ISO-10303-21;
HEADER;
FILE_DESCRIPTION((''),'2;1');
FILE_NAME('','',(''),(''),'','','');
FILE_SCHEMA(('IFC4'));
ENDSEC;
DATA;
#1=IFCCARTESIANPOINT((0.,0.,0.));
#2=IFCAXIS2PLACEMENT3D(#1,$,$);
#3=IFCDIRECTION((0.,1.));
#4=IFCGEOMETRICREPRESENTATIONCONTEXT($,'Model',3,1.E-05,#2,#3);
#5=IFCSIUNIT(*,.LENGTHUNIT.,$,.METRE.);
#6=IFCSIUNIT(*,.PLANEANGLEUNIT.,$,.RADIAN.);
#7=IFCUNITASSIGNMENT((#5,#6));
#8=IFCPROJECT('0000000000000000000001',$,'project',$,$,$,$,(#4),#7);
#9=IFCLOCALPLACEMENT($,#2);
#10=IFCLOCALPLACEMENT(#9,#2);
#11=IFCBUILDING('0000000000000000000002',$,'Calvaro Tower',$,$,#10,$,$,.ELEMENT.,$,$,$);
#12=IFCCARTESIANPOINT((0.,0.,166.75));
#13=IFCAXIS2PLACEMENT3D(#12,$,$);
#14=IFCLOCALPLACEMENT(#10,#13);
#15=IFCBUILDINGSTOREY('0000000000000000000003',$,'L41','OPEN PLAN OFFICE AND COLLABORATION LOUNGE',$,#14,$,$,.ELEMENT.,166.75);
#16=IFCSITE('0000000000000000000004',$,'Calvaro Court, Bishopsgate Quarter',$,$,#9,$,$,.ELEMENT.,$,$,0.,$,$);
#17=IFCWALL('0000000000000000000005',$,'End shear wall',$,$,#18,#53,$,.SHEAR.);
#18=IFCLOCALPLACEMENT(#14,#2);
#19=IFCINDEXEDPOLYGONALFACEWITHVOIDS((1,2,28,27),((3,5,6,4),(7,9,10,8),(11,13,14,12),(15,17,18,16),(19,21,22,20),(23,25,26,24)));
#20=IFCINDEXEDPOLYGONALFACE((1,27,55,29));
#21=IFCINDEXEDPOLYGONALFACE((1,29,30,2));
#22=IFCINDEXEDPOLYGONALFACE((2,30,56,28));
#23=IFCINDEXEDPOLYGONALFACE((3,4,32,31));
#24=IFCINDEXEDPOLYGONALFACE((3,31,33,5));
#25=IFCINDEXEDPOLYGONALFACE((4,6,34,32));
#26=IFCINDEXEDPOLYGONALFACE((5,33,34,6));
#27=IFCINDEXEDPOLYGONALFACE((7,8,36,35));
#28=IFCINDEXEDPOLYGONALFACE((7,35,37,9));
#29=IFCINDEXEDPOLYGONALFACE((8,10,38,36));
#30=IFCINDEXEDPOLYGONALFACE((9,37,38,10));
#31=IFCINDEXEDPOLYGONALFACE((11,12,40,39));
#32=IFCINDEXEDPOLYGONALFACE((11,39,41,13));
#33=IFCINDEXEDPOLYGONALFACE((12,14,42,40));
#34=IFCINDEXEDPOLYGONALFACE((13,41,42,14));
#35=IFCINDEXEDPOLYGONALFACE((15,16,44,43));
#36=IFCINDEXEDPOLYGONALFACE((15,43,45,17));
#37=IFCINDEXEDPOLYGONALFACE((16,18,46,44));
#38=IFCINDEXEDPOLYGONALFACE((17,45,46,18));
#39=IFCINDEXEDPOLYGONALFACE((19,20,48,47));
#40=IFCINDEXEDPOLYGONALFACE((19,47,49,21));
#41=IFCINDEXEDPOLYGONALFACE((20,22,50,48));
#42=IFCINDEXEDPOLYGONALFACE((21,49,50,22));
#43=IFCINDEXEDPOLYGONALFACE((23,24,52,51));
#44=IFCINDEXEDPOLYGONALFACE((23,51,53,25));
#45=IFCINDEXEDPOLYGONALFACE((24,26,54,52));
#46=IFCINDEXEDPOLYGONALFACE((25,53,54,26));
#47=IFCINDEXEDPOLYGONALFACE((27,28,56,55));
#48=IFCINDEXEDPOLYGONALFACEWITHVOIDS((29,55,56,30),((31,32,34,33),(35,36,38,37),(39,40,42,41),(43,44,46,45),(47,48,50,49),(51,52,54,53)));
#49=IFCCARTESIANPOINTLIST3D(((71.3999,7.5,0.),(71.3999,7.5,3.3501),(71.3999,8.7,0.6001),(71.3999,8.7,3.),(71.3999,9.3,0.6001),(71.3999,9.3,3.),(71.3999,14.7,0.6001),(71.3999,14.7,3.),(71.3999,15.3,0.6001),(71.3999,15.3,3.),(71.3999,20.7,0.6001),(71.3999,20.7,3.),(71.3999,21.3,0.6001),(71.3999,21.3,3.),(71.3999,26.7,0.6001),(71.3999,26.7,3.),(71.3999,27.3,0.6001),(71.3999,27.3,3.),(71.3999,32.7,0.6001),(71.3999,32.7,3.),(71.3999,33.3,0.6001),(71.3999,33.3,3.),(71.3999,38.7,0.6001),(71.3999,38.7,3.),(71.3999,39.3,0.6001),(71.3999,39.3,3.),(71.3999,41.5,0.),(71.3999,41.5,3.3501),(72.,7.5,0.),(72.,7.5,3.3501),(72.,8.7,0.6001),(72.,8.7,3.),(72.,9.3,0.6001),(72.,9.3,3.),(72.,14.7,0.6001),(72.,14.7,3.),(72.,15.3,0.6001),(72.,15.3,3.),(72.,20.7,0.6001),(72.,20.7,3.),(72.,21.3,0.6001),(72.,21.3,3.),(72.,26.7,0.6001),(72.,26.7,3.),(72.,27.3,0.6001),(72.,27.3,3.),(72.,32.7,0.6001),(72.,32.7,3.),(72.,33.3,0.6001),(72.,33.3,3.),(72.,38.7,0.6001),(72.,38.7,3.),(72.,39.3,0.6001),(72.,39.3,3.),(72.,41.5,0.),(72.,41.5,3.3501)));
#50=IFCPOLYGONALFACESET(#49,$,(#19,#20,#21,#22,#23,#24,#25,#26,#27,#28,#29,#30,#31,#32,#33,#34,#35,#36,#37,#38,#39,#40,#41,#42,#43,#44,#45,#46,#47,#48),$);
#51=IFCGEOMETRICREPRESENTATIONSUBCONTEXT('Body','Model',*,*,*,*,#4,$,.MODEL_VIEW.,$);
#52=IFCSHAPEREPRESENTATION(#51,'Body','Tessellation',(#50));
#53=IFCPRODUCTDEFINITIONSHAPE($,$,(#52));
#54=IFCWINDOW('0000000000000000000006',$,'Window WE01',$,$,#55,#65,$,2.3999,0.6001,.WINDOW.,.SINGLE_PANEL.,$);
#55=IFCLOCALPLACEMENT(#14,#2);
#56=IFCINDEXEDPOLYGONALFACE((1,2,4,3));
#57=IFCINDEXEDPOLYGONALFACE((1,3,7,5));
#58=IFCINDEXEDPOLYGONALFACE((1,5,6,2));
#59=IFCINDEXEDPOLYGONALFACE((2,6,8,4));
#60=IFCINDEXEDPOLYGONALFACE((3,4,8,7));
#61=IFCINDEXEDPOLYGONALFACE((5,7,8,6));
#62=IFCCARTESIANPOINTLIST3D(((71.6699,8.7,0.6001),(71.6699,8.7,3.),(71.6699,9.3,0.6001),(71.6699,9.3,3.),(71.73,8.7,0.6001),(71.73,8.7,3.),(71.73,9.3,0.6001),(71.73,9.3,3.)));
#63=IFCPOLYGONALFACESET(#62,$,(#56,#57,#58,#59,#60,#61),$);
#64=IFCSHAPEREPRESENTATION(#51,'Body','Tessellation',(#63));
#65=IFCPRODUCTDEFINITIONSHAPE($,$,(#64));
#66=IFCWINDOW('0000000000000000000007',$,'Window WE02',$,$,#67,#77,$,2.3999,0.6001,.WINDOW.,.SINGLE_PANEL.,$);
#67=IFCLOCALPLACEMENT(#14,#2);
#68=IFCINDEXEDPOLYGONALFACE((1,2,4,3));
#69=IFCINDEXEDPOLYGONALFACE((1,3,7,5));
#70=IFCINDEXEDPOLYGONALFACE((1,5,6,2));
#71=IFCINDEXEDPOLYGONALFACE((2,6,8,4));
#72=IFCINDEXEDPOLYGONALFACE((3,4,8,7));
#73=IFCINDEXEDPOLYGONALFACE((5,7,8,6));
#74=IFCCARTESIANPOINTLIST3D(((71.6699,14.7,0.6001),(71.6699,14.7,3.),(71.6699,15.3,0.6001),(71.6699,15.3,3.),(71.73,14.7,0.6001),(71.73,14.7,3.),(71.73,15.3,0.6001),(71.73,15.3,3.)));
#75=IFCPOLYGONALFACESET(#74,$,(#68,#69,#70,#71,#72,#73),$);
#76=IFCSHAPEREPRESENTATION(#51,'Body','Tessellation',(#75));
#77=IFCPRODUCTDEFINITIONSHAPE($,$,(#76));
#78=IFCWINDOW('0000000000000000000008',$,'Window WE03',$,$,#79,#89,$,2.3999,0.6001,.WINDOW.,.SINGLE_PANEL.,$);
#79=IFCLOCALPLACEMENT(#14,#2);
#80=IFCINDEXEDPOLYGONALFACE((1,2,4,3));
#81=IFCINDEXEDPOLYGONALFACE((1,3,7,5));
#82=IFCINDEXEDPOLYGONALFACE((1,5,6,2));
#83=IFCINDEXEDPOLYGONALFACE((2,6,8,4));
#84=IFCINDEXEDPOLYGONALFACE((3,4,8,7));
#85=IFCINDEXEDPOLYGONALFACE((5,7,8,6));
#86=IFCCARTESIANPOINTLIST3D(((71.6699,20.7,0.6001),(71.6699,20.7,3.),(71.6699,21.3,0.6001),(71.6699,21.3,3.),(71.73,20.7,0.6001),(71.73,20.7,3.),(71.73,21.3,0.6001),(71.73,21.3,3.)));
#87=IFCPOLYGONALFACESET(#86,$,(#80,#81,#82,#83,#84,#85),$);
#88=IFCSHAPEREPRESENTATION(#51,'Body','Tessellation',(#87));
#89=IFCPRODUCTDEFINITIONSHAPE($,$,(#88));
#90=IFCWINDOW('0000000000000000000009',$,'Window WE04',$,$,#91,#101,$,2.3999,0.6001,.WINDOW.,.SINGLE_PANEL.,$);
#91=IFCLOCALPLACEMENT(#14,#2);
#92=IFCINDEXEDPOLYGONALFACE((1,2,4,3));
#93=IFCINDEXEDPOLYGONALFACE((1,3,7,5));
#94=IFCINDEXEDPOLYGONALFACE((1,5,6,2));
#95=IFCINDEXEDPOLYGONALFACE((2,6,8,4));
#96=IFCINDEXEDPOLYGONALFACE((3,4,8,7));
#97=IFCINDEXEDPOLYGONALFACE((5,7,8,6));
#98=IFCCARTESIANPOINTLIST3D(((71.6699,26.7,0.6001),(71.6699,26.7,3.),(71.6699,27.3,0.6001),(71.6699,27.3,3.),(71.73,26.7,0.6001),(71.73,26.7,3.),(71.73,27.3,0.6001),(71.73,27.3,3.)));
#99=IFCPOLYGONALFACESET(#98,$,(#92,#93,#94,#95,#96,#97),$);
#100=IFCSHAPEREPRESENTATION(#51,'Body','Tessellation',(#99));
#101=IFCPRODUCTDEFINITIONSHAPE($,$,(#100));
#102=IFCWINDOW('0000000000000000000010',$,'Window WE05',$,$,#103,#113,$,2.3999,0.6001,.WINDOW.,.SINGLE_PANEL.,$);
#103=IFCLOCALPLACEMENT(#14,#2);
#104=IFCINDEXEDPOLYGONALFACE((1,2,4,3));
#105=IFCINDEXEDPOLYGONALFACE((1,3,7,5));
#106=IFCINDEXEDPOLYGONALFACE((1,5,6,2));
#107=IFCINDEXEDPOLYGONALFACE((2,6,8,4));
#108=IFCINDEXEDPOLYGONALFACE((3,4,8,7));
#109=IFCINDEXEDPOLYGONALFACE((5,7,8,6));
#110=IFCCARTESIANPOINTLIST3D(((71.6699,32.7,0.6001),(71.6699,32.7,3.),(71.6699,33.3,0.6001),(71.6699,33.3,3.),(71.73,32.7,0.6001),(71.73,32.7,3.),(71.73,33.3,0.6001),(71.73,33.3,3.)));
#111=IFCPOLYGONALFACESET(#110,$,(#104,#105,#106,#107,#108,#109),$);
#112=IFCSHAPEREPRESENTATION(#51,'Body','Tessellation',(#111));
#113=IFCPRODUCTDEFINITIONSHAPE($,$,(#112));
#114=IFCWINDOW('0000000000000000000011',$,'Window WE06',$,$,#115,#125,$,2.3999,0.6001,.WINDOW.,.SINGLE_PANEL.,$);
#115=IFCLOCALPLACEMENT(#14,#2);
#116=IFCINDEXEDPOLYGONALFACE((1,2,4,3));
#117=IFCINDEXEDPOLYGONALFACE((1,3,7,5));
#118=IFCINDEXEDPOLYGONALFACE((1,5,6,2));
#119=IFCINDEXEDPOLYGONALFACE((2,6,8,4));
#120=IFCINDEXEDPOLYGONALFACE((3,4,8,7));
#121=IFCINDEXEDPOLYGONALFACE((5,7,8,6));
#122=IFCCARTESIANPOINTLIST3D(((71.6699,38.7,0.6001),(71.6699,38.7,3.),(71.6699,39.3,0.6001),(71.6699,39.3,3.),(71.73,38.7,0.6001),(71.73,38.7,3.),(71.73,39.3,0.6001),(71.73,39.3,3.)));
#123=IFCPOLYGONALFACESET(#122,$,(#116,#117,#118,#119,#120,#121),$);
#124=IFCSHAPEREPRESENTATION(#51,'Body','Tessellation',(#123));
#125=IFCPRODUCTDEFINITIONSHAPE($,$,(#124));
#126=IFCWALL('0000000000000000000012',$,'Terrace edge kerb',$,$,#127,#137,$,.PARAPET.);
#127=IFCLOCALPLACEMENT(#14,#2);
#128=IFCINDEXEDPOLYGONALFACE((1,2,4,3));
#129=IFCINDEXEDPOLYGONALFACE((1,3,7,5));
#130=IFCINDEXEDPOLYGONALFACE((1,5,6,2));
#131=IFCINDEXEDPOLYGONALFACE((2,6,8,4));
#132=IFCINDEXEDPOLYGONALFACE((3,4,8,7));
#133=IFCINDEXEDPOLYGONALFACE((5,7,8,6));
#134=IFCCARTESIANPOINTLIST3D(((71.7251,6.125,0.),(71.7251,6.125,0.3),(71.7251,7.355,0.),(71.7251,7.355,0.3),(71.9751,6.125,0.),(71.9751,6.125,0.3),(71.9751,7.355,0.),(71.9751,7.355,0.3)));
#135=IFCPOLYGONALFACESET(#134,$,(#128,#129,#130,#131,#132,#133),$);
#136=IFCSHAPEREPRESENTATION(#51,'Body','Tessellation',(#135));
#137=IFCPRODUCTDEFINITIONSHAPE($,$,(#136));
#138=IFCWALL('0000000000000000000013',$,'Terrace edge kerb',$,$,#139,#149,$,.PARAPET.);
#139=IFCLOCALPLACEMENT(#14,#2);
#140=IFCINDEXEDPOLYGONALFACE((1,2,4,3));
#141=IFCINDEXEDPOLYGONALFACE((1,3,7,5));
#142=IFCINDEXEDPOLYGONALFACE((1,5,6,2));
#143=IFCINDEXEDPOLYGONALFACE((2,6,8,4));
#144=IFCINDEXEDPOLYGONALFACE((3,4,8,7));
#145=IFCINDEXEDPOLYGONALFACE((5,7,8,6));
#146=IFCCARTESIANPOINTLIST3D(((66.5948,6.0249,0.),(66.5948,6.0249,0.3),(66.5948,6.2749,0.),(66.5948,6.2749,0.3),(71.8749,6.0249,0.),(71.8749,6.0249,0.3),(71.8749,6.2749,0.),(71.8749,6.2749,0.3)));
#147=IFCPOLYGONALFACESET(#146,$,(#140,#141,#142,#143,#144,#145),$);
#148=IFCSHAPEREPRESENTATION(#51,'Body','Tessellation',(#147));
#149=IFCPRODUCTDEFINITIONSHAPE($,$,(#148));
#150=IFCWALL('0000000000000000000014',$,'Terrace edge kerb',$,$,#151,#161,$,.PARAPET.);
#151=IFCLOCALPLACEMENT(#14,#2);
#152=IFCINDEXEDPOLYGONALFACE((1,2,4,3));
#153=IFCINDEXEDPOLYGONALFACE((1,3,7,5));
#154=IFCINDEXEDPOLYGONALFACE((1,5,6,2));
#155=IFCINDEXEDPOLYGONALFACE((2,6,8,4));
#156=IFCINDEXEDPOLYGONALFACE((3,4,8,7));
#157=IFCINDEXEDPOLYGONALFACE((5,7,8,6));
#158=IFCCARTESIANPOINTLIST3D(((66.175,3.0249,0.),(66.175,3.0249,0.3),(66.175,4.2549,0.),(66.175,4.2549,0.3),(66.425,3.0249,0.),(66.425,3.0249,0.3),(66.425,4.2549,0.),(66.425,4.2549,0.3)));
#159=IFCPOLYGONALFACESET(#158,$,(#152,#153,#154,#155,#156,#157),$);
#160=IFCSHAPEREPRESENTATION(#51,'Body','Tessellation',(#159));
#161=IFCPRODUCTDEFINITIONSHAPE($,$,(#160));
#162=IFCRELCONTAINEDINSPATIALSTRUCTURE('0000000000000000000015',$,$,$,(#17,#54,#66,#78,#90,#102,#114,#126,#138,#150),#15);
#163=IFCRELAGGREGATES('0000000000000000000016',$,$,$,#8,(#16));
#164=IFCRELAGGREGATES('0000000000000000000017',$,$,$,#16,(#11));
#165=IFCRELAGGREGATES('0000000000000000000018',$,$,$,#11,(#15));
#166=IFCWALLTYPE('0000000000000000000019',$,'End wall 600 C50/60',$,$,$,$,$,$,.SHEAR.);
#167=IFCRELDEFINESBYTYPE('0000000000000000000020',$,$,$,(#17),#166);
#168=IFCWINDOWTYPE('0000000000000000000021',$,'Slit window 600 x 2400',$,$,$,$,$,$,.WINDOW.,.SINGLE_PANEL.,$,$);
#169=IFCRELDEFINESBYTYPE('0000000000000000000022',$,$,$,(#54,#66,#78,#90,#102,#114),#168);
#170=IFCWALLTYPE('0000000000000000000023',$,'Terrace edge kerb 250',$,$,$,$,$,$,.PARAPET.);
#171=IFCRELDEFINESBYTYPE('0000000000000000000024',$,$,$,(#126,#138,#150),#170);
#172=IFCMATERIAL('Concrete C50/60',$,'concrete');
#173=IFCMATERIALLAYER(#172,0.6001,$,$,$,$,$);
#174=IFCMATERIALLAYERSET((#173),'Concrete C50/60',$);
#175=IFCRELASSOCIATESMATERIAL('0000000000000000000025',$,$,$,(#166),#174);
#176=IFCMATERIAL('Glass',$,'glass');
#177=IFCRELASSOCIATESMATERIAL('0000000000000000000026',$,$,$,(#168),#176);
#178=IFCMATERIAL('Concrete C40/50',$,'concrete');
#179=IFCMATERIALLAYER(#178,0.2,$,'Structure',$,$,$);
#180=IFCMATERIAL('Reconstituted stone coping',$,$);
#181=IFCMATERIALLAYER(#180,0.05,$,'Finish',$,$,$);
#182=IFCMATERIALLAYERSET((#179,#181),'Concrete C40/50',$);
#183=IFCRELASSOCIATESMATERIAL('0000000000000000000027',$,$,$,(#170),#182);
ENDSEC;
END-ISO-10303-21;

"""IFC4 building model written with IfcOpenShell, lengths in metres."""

from ifc_helpers import new_model, si_unit, direction, frame, frame_2d, origin, place, context, subcontext, project, spatial, rectangle, extrude, material, layer, layer_set, type_object, element, fill, save


model = new_model("IFC4")

# Units and contexts
model_context = context("Model", 3, precision=1e-05, world=origin(), true_north=direction((0.0, 1.0)))
body_context = subcontext(model_context, "Body", "Model", "MODEL_VIEW")
ifc_project = project(units=[si_unit("LENGTHUNIT", "METRE"), si_unit("PLANEANGLEUNIT", "RADIAN")], contexts=[model_context])

# Site, building, storey
site_placement = place(None, origin())
site = spatial("IfcSite", under=ifc_project, at=site_placement, Name="Calvaro Court, Bishopsgate Quarter", CompositionType="ELEMENT", RefElevation=0.0)
building_placement = place(site_placement, origin())
building = spatial("IfcBuilding", under=site, at=building_placement, Name="Calvaro Tower", CompositionType="ELEMENT")
storey_placement = place(building_placement, frame((0.0, 0.0, 166.75)))
storey = spatial("IfcBuildingStorey", under=building, at=storey_placement, Name="L41", Description="OPEN PLAN OFFICE AND COLLABORATION LOUNGE", CompositionType="ELEMENT", Elevation=166.75)

# Wall, openings, windows
ifc_material_1 = material(Name="Concrete C50/60", Category="concrete")
ifc_layer_1 = layer(ifc_material_1, 0.6001)
ifc_layer_set_1 = layer_set([ifc_layer_1], Name="Concrete C50/60")
wall_type_1 = type_object("IfcWallType", Name="End wall 600 C50/60", PredefinedType="SHEAR", material=ifc_layer_set_1)
wall_1_placement = place(storey_placement, frame((71.7, 7.5, 0.0), z_axis=(0.0, 0.0, 1.0), x_axis=(0.0, 1.0, 0.0)))
wall_1 = element("IfcWall", 1, at=wall_1_placement, inside=storey, type_object=wall_type_1, Name="End shear wall", PredefinedType="SHEAR", context=body_context, shape_type="SweptSolid", body=[
    extrude(rectangle(XDim=34.0, YDim=0.6001, at=frame_2d((17.0, 0.0))), origin(), (0.0, 0.0, 1.0), 3.3501),
])
opening_1_placement = place(wall_1_placement, frame((1.2, 0.0, 0.6001)))
opening_1 = element("IfcOpeningElement", 2, at=opening_1_placement, cuts=wall_1, PredefinedType="OPENING", context=body_context, shape_type="SweptSolid", body=[
    extrude(rectangle(XDim=0.6001, YDim=2.3999, at=frame_2d((0.3, 1.2))), frame((0.0, 0.3101, 0.0), z_axis=(0.0, -1.0, 0.0), x_axis=(1.0, 0.0, 0.0)), (0.0, 0.0, 1.0), 0.6201),
])
opening_2_placement = place(wall_1_placement, frame((7.2, 0.0, 0.6001)))
opening_2 = element("IfcOpeningElement", 3, at=opening_2_placement, cuts=wall_1, PredefinedType="OPENING", context=body_context, shape_type="SweptSolid", body=[
    extrude(rectangle(XDim=0.6001, YDim=2.3999, at=frame_2d((0.3, 1.2))), frame((0.0, 0.3101, 0.0), z_axis=(0.0, -1.0, 0.0), x_axis=(1.0, 0.0, 0.0)), (0.0, 0.0, 1.0), 0.6201),
])
opening_3_placement = place(wall_1_placement, frame((13.2, 0.0, 0.6001)))
opening_3 = element("IfcOpeningElement", 4, at=opening_3_placement, cuts=wall_1, PredefinedType="OPENING", context=body_context, shape_type="SweptSolid", body=[
    extrude(rectangle(XDim=0.6001, YDim=2.3999, at=frame_2d((0.3, 1.2))), frame((0.0, 0.3101, 0.0), z_axis=(0.0, -1.0, 0.0), x_axis=(1.0, 0.0, 0.0)), (0.0, 0.0, 1.0), 0.6201),
])
opening_4_placement = place(wall_1_placement, frame((19.2, 0.0, 0.6001)))
opening_4 = element("IfcOpeningElement", 5, at=opening_4_placement, cuts=wall_1, PredefinedType="OPENING", context=body_context, shape_type="SweptSolid", body=[
    extrude(rectangle(XDim=0.6001, YDim=2.3999, at=frame_2d((0.3, 1.2))), frame((0.0, 0.3101, 0.0), z_axis=(0.0, -1.0, 0.0), x_axis=(1.0, 0.0, 0.0)), (0.0, 0.0, 1.0), 0.6201),
])
opening_5_placement = place(wall_1_placement, frame((25.2, 0.0, 0.6001)))
opening_5 = element("IfcOpeningElement", 6, at=opening_5_placement, cuts=wall_1, PredefinedType="OPENING", context=body_context, shape_type="SweptSolid", body=[
    extrude(rectangle(XDim=0.6001, YDim=2.3999, at=frame_2d((0.3, 1.2))), frame((0.0, 0.3101, 0.0), z_axis=(0.0, -1.0, 0.0), x_axis=(1.0, 0.0, 0.0)), (0.0, 0.0, 1.0), 0.6201),
])
opening_6_placement = place(wall_1_placement, frame((31.2, 0.0, 0.6001)))
opening_6 = element("IfcOpeningElement", 7, at=opening_6_placement, cuts=wall_1, PredefinedType="OPENING", context=body_context, shape_type="SweptSolid", body=[
    extrude(rectangle(XDim=0.6001, YDim=2.3999, at=frame_2d((0.3, 1.2))), frame((0.0, 0.3101, 0.0), z_axis=(0.0, -1.0, 0.0), x_axis=(1.0, 0.0, 0.0)), (0.0, 0.0, 1.0), 0.6201),
])
ifc_material_2 = material(Name="Glass", Category="glass")
window_type = type_object("IfcWindowType", Name="Slit window 600 x 2400", PartitioningType="SINGLE_PANEL", PredefinedType="WINDOW", material=ifc_material_2)
window_1_placement = place(opening_1_placement, origin())
window_1 = element("IfcWindow", 8, at=window_1_placement, inside=storey, type_object=window_type, Name="Window WE01", OverallHeight=2.3999, OverallWidth=0.6001, PartitioningType="SINGLE_PANEL", PredefinedType="WINDOW", context=body_context, shape_type="SweptSolid", body=[
    extrude(rectangle(XDim=0.6001, YDim=2.3999, at=frame_2d((0.3, 1.2))), frame((0.0, 0.03, 0.0), z_axis=(0.0, -1.0, 0.0), x_axis=(1.0, 0.0, 0.0)), (0.0, 0.0, 1.0), 0.0601),
])
fill(opening_1, window_1)
window_2_placement = place(opening_2_placement, origin())
window_2 = element("IfcWindow", 9, at=window_2_placement, inside=storey, type_object=window_type, Name="Window WE02", OverallHeight=2.3999, OverallWidth=0.6001, PartitioningType="SINGLE_PANEL", PredefinedType="WINDOW", context=body_context, shape_type="SweptSolid", body=[
    extrude(rectangle(XDim=0.6001, YDim=2.3999, at=frame_2d((0.3, 1.2))), frame((0.0, 0.03, 0.0), z_axis=(0.0, -1.0, 0.0), x_axis=(1.0, 0.0, 0.0)), (0.0, 0.0, 1.0), 0.0601),
])
fill(opening_2, window_2)
window_3_placement = place(opening_3_placement, origin())
window_3 = element("IfcWindow", 10, at=window_3_placement, inside=storey, type_object=window_type, Name="Window WE03", OverallHeight=2.3999, OverallWidth=0.6001, PartitioningType="SINGLE_PANEL", PredefinedType="WINDOW", context=body_context, shape_type="SweptSolid", body=[
    extrude(rectangle(XDim=0.6001, YDim=2.3999, at=frame_2d((0.3, 1.2))), frame((0.0, 0.03, 0.0), z_axis=(0.0, -1.0, 0.0), x_axis=(1.0, 0.0, 0.0)), (0.0, 0.0, 1.0), 0.0601),
])
fill(opening_3, window_3)
window_4_placement = place(opening_4_placement, origin())
window_4 = element("IfcWindow", 11, at=window_4_placement, inside=storey, type_object=window_type, Name="Window WE04", OverallHeight=2.3999, OverallWidth=0.6001, PartitioningType="SINGLE_PANEL", PredefinedType="WINDOW", context=body_context, shape_type="SweptSolid", body=[
    extrude(rectangle(XDim=0.6001, YDim=2.3999, at=frame_2d((0.3, 1.2))), frame((0.0, 0.03, 0.0), z_axis=(0.0, -1.0, 0.0), x_axis=(1.0, 0.0, 0.0)), (0.0, 0.0, 1.0), 0.0601),
])
fill(opening_4, window_4)
window_5_placement = place(opening_5_placement, origin())
window_5 = element("IfcWindow", 12, at=window_5_placement, inside=storey, type_object=window_type, Name="Window WE05", OverallHeight=2.3999, OverallWidth=0.6001, PartitioningType="SINGLE_PANEL", PredefinedType="WINDOW", context=body_context, shape_type="SweptSolid", body=[
    extrude(rectangle(XDim=0.6001, YDim=2.3999, at=frame_2d((0.3, 1.2))), frame((0.0, 0.03, 0.0), z_axis=(0.0, -1.0, 0.0), x_axis=(1.0, 0.0, 0.0)), (0.0, 0.0, 1.0), 0.0601),
])
fill(opening_5, window_5)
window_6_placement = place(opening_6_placement, origin())
window_6 = element("IfcWindow", 13, at=window_6_placement, inside=storey, type_object=window_type, Name="Window WE06", OverallHeight=2.3999, OverallWidth=0.6001, PartitioningType="SINGLE_PANEL", PredefinedType="WINDOW", context=body_context, shape_type="SweptSolid", body=[
    extrude(rectangle(XDim=0.6001, YDim=2.3999, at=frame_2d((0.3, 1.2))), frame((0.0, 0.03, 0.0), z_axis=(0.0, -1.0, 0.0), x_axis=(1.0, 0.0, 0.0)), (0.0, 0.0, 1.0), 0.0601),
])
fill(opening_6, window_6)

# Walls
ifc_material_3 = material(Name="Concrete C40/50", Category="concrete")
ifc_layer_2 = layer(ifc_material_3, 0.2, Name="Structure")
ifc_material_4 = material(Name="Reconstituted stone coping")
ifc_layer_3 = layer(ifc_material_4, 0.05, Name="Finish")
ifc_layer_set_2 = layer_set([ifc_layer_2, ifc_layer_3], Name="Concrete C40/50")
wall_type_2 = type_object("IfcWallType", Name="Terrace edge kerb 250", PredefinedType="PARAPET", material=ifc_layer_set_2)
wall_2_placement = place(storey_placement, frame((71.8501, 7.355, 0.0), z_axis=(0.0, 0.0, 1.0), x_axis=(0.0, -1.0, 0.0)))
element("IfcWall", 14, at=wall_2_placement, inside=storey, type_object=wall_type_2, Name="Terrace edge kerb", PredefinedType="PARAPET", context=body_context, shape_type="SweptSolid", body=[
    extrude(rectangle(XDim=1.23, YDim=0.25, at=frame_2d((0.615, 0.0))), origin(), (0.0, 0.0, 1.0), 0.3),
])
wall_3_placement = place(storey_placement, frame((71.875, 6.1499, 0.0), z_axis=(0.0, 0.0, 1.0), x_axis=(-1.0, 0.0, 0.0)))
element("IfcWall", 15, at=wall_3_placement, inside=storey, type_object=wall_type_2, Name="Terrace edge kerb", PredefinedType="PARAPET", context=body_context, shape_type="SweptSolid", body=[
    extrude(rectangle(XDim=5.28, YDim=0.25, at=frame_2d((2.6401, 0.0))), origin(), (0.0, 0.0, 1.0), 0.3),
])
wall_4_placement = place(storey_placement, frame((66.3, 4.2549, 0.0), z_axis=(0.0, 0.0, 1.0), x_axis=(0.0, -1.0, 0.0)))
element("IfcWall", 16, at=wall_4_placement, inside=storey, type_object=wall_type_2, Name="Terrace edge kerb", PredefinedType="PARAPET", context=body_context, shape_type="SweptSolid", body=[
    extrude(rectangle(XDim=1.23, YDim=0.25, at=frame_2d((0.615, 0.0))), origin(), (0.0, 0.0, 1.0), 0.3),
])

save(model, "model.ifc")
